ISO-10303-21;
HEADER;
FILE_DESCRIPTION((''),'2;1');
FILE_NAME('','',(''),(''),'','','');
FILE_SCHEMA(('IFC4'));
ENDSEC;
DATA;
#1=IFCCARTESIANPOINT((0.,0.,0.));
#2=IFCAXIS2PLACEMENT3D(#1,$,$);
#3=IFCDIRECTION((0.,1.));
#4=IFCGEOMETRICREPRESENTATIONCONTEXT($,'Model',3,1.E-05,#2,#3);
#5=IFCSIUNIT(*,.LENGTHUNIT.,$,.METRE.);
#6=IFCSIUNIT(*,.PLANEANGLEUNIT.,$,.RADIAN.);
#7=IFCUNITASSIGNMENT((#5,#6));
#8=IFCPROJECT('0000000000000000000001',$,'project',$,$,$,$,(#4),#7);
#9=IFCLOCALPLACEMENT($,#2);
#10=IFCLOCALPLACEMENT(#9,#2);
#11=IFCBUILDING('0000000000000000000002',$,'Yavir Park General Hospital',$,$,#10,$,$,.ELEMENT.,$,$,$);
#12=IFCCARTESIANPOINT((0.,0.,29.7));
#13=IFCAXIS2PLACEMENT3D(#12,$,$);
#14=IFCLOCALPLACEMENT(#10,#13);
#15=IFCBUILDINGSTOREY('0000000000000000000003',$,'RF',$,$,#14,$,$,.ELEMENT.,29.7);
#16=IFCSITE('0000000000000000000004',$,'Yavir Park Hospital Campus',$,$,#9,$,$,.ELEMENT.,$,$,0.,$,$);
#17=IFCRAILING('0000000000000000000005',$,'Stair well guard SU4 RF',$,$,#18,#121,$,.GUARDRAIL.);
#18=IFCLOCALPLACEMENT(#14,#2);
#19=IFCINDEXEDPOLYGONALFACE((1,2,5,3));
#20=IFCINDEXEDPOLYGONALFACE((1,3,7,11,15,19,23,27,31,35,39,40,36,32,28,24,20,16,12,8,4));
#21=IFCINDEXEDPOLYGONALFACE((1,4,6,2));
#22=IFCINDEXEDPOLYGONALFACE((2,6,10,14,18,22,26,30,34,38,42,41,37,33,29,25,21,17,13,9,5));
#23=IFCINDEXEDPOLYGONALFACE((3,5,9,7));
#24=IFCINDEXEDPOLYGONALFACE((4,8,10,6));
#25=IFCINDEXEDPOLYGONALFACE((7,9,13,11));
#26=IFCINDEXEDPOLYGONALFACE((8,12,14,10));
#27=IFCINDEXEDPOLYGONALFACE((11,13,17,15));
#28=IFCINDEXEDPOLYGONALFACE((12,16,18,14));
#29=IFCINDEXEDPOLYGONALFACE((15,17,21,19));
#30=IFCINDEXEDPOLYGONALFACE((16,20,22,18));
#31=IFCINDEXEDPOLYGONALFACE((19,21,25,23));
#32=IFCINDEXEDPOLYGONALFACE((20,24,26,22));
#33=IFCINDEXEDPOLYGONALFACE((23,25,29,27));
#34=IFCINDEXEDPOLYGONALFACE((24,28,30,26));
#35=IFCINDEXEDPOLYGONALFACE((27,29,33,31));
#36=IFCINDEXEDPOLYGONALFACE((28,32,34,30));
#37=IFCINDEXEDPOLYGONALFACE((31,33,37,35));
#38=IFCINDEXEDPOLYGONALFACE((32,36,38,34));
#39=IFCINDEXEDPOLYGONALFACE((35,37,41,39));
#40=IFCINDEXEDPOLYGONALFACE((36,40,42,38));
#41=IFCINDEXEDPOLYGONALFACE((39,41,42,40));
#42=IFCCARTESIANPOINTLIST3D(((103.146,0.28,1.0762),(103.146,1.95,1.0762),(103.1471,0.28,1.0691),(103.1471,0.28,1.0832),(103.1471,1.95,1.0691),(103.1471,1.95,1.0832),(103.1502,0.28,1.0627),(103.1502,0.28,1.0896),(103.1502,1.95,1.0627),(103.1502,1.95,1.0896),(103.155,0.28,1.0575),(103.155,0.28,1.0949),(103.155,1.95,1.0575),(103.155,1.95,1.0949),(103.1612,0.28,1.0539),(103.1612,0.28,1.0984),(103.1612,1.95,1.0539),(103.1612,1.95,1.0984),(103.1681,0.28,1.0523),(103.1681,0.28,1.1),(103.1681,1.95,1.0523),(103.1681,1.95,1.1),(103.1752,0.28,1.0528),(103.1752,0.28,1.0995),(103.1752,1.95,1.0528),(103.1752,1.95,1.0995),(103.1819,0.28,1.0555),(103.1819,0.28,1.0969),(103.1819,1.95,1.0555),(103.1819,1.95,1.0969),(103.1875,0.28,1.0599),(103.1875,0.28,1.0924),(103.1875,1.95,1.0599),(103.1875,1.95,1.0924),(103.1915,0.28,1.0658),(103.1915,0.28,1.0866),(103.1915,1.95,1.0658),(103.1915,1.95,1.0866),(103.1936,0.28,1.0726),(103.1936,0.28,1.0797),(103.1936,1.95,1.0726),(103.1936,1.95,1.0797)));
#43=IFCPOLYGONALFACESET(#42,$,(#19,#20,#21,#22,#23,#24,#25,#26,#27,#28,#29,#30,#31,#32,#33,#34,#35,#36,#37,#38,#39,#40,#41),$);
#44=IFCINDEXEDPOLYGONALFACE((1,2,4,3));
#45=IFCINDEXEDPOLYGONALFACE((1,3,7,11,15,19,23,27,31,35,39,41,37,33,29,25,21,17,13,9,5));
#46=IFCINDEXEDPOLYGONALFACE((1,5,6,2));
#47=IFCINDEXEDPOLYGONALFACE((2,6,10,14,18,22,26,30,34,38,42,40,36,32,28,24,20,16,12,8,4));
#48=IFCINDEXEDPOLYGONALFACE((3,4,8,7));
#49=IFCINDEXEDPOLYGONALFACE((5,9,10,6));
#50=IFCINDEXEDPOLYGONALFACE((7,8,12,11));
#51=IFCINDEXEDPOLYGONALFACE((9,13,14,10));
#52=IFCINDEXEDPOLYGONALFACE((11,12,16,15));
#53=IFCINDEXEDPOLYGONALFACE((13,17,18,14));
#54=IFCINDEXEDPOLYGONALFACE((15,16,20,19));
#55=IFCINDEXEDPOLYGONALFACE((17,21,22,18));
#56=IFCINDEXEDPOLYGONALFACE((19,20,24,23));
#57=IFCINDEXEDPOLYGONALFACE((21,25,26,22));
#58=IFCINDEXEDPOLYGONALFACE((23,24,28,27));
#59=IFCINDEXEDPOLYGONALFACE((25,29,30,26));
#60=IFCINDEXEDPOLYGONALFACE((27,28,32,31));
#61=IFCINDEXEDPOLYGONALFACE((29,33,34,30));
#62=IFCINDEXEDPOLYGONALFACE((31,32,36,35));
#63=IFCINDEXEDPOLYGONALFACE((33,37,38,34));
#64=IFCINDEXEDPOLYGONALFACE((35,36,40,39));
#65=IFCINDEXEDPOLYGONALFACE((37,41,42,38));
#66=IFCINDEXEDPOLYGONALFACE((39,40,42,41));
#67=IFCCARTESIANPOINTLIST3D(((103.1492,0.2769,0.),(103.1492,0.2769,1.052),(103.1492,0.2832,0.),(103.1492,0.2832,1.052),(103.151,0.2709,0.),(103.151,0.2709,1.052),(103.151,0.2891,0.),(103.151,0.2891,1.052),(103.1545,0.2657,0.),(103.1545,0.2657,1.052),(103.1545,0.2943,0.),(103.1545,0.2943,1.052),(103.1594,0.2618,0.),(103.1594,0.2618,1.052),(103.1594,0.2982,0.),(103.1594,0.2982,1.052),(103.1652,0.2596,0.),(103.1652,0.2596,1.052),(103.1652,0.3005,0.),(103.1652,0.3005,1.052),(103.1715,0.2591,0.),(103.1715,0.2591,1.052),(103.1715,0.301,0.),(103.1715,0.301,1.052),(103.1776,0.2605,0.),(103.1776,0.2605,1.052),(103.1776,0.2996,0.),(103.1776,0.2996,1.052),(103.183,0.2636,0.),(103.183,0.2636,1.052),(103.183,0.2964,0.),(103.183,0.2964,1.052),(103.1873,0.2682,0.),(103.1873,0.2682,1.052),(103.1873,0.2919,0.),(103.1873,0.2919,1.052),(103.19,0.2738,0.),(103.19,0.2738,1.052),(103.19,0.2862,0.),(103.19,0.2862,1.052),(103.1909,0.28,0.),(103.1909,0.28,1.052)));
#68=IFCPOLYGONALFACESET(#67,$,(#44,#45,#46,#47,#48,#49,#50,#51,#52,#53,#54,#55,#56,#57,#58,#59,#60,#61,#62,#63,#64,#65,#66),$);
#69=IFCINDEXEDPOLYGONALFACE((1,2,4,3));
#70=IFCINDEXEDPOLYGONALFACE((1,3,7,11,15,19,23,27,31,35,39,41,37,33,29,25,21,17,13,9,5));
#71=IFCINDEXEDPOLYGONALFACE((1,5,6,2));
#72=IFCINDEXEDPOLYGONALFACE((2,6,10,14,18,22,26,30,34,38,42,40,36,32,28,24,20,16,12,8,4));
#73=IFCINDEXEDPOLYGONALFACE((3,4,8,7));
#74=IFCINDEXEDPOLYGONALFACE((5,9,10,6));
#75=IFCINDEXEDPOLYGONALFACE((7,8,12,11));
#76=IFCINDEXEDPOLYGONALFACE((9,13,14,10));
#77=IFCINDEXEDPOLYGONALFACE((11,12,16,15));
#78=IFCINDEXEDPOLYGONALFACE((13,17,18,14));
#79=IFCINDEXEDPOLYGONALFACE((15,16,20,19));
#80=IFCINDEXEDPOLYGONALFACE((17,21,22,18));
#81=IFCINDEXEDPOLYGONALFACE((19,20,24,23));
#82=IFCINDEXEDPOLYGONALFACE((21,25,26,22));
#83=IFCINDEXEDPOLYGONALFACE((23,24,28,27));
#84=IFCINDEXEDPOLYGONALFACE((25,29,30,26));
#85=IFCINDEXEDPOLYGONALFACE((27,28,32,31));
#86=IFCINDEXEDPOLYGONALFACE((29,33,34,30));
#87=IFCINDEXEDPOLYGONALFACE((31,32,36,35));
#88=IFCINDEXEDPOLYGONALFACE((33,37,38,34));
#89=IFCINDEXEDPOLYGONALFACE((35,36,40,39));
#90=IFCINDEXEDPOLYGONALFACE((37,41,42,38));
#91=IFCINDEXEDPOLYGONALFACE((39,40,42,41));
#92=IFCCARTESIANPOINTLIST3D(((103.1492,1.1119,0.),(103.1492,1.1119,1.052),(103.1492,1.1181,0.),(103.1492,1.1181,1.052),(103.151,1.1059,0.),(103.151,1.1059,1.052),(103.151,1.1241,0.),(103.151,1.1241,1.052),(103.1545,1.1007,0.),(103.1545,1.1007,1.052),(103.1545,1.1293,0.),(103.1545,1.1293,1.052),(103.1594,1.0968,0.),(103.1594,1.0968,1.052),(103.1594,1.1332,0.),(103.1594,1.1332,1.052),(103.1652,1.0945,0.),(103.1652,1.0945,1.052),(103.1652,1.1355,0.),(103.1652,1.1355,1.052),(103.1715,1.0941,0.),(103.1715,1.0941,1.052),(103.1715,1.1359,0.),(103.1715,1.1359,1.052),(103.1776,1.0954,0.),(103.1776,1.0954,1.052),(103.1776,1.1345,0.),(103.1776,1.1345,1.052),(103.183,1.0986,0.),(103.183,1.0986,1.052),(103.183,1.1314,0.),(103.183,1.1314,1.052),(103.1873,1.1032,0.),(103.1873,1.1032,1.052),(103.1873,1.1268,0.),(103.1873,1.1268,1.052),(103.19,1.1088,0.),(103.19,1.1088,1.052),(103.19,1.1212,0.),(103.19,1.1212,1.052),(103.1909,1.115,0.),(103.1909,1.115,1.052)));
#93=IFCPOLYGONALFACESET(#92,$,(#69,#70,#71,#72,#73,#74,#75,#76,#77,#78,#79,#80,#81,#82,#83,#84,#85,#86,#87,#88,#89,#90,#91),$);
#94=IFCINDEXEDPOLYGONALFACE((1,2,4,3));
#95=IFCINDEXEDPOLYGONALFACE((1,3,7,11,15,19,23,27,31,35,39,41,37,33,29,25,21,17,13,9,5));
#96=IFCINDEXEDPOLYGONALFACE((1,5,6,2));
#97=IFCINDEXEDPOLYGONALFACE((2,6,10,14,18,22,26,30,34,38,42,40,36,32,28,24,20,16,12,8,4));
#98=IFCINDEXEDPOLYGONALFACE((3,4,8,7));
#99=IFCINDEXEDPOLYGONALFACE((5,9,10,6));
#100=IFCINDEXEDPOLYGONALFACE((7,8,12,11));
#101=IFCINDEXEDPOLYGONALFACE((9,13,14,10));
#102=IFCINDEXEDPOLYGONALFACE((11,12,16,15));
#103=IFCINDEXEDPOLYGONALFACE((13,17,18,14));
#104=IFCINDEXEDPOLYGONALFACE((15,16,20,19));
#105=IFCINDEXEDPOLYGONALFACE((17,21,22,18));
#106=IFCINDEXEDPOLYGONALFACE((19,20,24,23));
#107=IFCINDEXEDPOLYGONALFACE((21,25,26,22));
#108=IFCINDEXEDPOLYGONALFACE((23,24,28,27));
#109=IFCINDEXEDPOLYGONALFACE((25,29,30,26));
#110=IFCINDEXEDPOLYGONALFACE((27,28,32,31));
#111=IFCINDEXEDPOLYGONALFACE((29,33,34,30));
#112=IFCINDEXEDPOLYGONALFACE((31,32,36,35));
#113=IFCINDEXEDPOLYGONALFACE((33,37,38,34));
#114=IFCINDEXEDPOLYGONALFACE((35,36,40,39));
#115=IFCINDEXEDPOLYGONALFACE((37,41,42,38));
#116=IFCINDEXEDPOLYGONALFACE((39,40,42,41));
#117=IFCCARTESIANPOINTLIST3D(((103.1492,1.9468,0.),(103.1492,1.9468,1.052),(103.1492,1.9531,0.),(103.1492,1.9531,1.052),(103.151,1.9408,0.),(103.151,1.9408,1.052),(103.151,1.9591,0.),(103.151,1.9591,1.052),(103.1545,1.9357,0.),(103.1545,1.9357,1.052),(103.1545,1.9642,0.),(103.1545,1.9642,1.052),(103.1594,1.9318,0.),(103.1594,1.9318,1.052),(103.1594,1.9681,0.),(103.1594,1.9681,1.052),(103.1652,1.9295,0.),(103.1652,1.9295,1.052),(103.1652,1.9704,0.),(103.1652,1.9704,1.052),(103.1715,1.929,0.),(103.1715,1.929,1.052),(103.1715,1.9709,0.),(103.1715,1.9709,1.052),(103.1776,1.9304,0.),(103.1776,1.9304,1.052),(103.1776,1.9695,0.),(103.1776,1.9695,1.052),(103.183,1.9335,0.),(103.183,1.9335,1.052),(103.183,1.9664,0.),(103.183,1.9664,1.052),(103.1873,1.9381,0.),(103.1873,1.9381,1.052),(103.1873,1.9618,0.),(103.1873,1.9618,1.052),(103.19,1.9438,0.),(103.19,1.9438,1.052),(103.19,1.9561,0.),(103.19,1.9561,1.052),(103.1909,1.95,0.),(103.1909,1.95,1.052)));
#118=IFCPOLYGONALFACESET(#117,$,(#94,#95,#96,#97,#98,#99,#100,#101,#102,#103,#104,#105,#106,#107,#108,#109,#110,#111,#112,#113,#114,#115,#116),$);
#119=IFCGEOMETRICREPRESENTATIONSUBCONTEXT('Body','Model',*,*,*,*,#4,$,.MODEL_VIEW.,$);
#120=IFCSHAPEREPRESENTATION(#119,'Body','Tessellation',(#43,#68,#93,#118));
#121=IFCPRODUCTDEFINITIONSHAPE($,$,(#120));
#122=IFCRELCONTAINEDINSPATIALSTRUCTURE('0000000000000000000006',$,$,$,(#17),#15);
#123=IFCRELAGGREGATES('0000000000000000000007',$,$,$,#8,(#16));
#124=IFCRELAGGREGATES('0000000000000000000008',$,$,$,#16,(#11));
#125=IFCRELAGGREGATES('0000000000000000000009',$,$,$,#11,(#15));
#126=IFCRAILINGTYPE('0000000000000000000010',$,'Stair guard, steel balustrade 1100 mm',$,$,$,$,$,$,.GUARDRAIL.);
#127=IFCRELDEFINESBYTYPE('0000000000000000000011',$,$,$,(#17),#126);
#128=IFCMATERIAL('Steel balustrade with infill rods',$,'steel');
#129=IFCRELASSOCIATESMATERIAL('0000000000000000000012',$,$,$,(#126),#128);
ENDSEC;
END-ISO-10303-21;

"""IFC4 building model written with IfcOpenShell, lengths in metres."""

from ifc_helpers import new_model, si_unit, direction, frame, origin, origin_2d, place, context, subcontext, project, spatial, circle, extrude, material, type_object, element, save


model = new_model("IFC4")

# Units and contexts
model_context = context("Model", 3, precision=1e-05, world=origin(), true_north=direction((0.0, 1.0)))
body_context = subcontext(model_context, "Body", "Model", "MODEL_VIEW")
ifc_project = project(units=[si_unit("LENGTHUNIT", "METRE"), si_unit("PLANEANGLEUNIT", "RADIAN")], contexts=[model_context])

# Site, building, storey
site_placement = place(None, origin())
site = spatial("IfcSite", under=ifc_project, at=site_placement, Name="Yavir Park Hospital Campus", CompositionType="ELEMENT", RefElevation=0.0)
building_placement = place(site_placement, origin())
building = spatial("IfcBuilding", under=site, at=building_placement, Name="Yavir Park General Hospital", CompositionType="ELEMENT")
storey_placement = place(building_placement, frame((0.0, 0.0, 29.7)))
storey = spatial("IfcBuildingStorey", under=building, at=storey_placement, Name="RF", CompositionType="ELEMENT", Elevation=29.7)

# Railing
ifc_material_1 = material(Name="Steel balustrade with infill rods", Category="steel")
railing_type = type_object("IfcRailingType", Name="Stair guard, steel balustrade 1100 mm", PredefinedType="GUARDRAIL", material=ifc_material_1)
for number, where, name in (
    (1, (103.1699, 0.28, 0.0), "Stair well guard SU4 RF"),
):
    element("IfcRailing", number, at=place(storey_placement, frame(where)), inside=storey, type_object=railing_type, Name=name, PredefinedType="GUARDRAIL", context=body_context, shape_type="SweptSolid", body=[
        extrude(circle(Radius=0.0239, at=origin_2d()), frame((0.0, 0.0, 1.0762), z_axis=(0.0, 1.0, 0.0), x_axis=(-1.0, 0.0, 0.0)), (0.0, 0.0, 1.0), 1.6699),
        extrude(circle(Radius=0.021, at=origin_2d()), origin(), (0.0, 0.0, 1.0), 1.052),
        extrude(circle(Radius=0.021, at=origin_2d()), frame((0.0, 0.835, 0.0)), (0.0, 0.0, 1.0), 1.052),
        extrude(circle(Radius=0.021, at=origin_2d()), frame((0.0, 1.6699, 0.0)), (0.0, 0.0, 1.0), 1.052),
    ])

save(model, "model.ifc")
